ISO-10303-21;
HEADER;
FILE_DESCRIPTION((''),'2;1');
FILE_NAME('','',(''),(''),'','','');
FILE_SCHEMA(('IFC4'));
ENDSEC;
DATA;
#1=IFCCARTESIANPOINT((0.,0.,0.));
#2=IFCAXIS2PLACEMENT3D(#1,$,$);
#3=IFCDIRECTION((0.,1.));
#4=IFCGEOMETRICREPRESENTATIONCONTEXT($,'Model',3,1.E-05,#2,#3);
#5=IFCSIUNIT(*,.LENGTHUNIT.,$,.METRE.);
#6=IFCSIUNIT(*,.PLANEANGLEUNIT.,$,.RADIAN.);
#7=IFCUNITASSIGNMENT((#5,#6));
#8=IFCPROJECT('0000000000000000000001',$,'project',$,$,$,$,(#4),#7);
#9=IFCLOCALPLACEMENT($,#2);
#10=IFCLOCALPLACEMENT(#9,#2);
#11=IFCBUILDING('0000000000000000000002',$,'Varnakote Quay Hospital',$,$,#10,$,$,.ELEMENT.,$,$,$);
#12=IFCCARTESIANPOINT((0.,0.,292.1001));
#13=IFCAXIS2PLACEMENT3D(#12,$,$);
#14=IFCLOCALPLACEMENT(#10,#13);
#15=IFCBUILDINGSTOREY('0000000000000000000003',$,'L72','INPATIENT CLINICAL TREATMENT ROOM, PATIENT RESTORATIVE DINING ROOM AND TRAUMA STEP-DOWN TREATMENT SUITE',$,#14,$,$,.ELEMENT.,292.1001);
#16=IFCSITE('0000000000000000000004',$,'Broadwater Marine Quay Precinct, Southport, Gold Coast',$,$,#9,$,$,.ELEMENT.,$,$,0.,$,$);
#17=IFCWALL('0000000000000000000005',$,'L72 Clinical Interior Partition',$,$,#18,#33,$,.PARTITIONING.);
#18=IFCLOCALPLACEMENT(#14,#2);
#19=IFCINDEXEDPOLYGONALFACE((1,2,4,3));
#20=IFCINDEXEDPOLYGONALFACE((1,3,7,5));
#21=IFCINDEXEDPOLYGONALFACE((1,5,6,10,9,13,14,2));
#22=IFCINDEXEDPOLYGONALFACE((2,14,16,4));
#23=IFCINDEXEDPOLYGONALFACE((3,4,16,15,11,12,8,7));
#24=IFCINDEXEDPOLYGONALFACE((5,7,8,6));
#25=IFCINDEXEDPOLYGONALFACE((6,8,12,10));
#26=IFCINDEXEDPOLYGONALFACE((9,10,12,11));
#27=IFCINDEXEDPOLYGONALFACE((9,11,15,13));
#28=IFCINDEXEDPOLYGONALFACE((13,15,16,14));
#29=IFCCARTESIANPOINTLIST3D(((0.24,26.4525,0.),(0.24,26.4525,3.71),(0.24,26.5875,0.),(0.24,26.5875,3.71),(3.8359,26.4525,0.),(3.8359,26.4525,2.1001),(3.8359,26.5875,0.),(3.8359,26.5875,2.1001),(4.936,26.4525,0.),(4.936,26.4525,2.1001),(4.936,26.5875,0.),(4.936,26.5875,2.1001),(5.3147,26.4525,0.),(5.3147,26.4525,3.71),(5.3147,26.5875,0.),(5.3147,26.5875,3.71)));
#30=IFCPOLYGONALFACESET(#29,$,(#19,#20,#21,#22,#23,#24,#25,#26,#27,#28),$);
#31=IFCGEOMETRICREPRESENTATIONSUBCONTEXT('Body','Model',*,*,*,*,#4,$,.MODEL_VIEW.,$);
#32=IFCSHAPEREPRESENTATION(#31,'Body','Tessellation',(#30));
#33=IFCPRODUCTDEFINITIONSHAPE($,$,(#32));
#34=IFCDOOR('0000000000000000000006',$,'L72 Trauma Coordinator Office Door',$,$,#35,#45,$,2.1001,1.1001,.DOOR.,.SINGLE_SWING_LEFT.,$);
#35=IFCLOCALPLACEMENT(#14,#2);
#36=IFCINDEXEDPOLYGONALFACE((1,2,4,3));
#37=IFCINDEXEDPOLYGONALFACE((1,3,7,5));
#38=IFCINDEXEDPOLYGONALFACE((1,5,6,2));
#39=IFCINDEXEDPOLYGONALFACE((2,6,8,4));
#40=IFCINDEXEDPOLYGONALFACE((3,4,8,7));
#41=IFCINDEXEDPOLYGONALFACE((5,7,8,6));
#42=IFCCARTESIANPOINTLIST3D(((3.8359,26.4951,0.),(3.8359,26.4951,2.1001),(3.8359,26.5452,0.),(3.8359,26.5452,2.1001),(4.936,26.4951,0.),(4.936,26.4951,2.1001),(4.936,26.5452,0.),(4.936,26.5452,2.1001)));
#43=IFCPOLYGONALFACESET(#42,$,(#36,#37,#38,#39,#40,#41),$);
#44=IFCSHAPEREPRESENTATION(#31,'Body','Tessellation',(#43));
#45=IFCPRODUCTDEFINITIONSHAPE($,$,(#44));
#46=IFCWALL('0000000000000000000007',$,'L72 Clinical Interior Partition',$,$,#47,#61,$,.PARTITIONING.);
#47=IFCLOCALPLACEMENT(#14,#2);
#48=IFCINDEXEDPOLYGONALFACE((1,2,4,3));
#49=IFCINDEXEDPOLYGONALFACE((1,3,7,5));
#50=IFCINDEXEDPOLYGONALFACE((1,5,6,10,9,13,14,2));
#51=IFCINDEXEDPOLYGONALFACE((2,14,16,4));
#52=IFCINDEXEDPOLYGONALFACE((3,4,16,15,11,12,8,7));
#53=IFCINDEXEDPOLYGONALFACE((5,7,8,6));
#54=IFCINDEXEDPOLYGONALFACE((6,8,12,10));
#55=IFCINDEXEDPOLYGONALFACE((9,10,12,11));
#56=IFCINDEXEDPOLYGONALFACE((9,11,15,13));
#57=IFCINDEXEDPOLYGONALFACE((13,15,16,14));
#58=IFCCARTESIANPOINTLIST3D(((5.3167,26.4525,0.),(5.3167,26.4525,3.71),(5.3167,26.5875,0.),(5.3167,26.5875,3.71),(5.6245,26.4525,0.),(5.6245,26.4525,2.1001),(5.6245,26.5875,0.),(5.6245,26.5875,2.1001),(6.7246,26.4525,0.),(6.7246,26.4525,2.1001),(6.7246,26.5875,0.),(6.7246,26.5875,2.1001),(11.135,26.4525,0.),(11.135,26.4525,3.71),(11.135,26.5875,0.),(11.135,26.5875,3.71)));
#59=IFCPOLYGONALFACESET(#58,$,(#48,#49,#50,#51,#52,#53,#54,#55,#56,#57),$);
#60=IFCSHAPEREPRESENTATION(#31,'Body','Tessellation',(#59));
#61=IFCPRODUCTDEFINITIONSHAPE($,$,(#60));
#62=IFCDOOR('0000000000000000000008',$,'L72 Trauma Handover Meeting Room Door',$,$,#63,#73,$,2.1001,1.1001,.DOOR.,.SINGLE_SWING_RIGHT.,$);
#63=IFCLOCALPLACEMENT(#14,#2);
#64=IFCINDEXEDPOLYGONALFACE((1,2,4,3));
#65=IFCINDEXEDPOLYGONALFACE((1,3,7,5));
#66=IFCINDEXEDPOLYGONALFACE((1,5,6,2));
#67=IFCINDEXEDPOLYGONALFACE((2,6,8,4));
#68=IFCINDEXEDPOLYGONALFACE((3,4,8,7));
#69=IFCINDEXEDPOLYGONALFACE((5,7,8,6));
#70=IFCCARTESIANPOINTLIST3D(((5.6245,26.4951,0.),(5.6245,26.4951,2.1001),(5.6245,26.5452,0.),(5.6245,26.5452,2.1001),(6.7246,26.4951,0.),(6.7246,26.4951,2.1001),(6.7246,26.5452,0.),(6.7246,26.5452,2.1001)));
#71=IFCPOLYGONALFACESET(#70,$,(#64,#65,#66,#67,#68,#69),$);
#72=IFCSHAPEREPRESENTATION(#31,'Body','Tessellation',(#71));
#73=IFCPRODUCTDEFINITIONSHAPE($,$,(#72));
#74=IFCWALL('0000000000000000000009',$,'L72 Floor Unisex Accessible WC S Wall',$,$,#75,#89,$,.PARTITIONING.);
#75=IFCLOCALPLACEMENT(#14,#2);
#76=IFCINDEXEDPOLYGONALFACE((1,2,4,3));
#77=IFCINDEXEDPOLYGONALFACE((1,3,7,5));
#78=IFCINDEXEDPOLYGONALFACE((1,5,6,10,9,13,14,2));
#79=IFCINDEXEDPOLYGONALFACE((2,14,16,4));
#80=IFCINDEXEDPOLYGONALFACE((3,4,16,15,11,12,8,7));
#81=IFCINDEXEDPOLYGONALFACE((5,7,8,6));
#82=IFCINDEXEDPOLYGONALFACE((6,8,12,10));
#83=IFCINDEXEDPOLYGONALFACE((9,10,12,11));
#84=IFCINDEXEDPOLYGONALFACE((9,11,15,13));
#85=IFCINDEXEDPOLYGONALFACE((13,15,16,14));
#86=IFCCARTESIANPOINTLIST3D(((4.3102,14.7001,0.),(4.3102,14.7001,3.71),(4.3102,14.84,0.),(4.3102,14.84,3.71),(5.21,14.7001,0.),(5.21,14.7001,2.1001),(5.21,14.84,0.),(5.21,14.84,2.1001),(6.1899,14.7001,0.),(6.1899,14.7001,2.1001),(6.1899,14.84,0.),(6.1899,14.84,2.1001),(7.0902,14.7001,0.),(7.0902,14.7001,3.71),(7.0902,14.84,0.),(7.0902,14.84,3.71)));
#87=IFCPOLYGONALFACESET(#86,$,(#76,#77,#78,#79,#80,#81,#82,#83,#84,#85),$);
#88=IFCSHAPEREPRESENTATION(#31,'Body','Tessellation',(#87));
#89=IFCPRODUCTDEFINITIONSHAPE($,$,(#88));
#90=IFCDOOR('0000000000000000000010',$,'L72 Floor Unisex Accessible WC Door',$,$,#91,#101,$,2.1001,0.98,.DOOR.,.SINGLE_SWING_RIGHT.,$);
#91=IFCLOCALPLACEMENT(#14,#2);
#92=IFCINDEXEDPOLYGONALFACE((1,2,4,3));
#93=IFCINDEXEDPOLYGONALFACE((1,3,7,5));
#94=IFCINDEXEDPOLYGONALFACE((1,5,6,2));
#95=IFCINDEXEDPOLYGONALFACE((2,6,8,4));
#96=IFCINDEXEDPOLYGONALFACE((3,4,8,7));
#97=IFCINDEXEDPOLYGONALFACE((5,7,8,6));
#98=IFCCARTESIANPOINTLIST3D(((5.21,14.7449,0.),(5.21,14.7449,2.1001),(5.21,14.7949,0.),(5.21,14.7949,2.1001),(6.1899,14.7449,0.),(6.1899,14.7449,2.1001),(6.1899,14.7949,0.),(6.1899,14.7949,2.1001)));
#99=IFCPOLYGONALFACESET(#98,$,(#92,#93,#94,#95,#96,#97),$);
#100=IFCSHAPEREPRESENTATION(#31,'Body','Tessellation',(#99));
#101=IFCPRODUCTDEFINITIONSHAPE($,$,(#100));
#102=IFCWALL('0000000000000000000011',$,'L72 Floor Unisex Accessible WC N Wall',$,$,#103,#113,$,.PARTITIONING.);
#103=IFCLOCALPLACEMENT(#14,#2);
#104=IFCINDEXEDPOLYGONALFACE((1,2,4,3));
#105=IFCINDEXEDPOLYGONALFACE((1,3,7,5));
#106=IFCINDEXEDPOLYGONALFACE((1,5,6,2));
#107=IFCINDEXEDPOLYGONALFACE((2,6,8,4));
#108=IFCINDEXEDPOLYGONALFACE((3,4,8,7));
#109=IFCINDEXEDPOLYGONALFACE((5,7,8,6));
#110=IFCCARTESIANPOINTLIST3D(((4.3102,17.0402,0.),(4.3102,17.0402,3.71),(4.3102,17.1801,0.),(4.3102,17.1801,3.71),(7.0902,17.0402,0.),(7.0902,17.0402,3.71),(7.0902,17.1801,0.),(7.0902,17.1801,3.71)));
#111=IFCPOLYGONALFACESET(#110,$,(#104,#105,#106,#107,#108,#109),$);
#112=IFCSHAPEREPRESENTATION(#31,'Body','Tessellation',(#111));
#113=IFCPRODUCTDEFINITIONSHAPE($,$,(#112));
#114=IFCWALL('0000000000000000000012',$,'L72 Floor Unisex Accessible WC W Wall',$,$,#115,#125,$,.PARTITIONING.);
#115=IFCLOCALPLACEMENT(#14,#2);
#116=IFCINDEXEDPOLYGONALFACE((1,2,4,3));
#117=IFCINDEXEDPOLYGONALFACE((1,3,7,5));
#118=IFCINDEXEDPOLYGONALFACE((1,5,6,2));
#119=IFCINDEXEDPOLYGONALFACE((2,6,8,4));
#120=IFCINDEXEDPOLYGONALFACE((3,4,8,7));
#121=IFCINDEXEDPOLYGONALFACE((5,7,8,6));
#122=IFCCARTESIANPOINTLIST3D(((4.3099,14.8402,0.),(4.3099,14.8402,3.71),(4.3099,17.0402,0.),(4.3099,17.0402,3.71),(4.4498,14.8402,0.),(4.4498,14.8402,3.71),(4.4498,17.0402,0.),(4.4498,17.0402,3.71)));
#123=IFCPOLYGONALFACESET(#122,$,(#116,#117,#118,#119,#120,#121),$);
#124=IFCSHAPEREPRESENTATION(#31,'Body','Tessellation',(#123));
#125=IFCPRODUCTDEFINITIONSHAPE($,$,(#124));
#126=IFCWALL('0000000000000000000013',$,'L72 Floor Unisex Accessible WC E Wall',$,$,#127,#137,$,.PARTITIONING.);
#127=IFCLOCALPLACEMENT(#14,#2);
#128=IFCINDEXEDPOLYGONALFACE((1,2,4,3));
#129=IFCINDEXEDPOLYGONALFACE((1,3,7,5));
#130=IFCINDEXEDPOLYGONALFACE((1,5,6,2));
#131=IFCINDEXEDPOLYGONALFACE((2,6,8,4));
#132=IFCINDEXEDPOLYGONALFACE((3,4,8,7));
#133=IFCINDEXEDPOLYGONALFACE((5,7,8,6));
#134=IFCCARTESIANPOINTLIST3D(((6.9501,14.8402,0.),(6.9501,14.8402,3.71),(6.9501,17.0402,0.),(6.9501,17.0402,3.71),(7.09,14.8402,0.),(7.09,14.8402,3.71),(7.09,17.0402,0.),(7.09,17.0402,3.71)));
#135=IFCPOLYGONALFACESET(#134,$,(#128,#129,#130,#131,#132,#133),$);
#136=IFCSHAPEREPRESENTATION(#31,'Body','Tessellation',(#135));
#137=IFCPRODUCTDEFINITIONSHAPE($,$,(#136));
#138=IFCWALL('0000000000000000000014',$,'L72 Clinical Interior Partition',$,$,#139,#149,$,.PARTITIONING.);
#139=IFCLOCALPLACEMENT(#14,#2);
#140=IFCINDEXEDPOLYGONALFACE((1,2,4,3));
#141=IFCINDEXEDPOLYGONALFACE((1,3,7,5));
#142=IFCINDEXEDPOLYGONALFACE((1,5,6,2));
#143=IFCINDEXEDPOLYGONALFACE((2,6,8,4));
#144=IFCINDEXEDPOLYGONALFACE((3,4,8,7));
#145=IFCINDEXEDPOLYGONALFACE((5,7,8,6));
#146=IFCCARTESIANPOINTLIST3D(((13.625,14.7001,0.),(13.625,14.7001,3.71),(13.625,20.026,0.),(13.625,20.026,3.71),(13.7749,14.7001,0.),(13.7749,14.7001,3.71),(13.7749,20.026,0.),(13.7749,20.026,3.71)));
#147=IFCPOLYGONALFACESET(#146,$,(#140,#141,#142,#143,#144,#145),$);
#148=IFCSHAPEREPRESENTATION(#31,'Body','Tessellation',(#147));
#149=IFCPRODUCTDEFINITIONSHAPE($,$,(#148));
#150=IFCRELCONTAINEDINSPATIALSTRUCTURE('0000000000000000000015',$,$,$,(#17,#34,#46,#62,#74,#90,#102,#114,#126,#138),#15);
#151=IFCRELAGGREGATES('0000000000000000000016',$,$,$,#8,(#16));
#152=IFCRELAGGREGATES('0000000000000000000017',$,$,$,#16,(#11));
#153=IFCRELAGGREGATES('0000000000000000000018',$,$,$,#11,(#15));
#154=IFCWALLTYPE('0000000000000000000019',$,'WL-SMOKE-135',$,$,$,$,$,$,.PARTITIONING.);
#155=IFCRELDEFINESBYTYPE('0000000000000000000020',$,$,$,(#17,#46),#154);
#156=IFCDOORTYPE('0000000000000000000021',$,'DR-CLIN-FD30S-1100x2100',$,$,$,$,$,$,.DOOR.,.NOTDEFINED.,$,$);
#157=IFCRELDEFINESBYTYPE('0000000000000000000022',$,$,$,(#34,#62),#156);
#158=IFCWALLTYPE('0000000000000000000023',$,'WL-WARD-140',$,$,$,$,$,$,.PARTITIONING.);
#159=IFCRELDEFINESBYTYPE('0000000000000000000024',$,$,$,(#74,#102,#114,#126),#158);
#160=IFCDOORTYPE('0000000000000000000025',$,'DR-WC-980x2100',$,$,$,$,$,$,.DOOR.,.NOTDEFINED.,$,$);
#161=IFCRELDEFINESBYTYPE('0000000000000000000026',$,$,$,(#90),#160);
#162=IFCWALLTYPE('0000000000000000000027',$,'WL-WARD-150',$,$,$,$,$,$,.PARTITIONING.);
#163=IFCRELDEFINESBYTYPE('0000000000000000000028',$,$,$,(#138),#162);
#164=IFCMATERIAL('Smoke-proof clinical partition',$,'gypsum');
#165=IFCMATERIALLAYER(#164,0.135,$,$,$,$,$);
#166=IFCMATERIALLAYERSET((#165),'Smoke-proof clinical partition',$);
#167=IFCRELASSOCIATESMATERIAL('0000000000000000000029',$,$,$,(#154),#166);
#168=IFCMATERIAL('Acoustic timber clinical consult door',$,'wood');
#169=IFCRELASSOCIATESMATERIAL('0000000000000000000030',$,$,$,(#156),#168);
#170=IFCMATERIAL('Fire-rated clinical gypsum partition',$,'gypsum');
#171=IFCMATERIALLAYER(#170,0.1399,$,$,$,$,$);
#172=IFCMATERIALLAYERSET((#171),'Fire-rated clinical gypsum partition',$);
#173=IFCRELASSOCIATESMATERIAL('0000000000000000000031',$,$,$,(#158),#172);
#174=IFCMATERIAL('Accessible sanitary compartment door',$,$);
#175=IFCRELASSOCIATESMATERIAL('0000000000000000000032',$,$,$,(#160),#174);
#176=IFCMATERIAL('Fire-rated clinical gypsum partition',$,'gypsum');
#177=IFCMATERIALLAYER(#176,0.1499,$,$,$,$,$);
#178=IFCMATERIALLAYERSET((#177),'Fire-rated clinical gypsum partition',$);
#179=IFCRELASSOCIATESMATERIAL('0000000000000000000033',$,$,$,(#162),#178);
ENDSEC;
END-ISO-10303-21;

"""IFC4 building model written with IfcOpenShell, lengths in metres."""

from ifc_helpers import new_model, si_unit, direction, frame, frame_2d, origin, place, context, subcontext, project, spatial, rectangle, extrude, material, layer, layer_set, type_object, element, fill, save


model = new_model("IFC4")

# Units and contexts
model_context = context("Model", 3, precision=1e-05, world=origin(), true_north=direction((0.0, 1.0)))
body_context = subcontext(model_context, "Body", "Model", "MODEL_VIEW")
ifc_project = project(units=[si_unit("LENGTHUNIT", "METRE"), si_unit("PLANEANGLEUNIT", "RADIAN")], contexts=[model_context])

# Site, building, storey
site_placement = place(None, origin())
site = spatial("IfcSite", under=ifc_project, at=site_placement, Name="Broadwater Marine Quay Precinct, Southport, Gold Coast", CompositionType="ELEMENT", RefElevation=0.0)
building_placement = place(site_placement, origin())
building = spatial("IfcBuilding", under=site, at=building_placement, Name="Varnakote Quay Hospital", CompositionType="ELEMENT")
storey_placement = place(building_placement, frame((0.0, 0.0, 292.1001)))
storey = spatial("IfcBuildingStorey", under=building, at=storey_placement, Name="L72", Description="INPATIENT CLINICAL TREATMENT ROOM, PATIENT RESTORATIVE DINING ROOM AND TRAUMA STEP-DOWN TREATMENT SUITE", CompositionType="ELEMENT", Elevation=292.1001)

# Walls, openings, doors
ifc_material_1 = material(Name="Smoke-proof clinical partition", Category="gypsum")
ifc_layer_1 = layer(ifc_material_1, 0.135)
ifc_layer_set_1 = layer_set([ifc_layer_1], Name="Smoke-proof clinical partition")
wall_type_1 = type_object("IfcWallType", Name="WL-SMOKE-135", PredefinedType="PARTITIONING", material=ifc_layer_set_1)
wall_1_placement = place(storey_placement, frame((5.3147, 26.52, 0.0), z_axis=(0.0, 0.0, 1.0), x_axis=(-1.0, 0.0, 0.0)))
wall_1 = element("IfcWall", 1, at=wall_1_placement, inside=storey, type_object=wall_type_1, Name="L72 Clinical Interior Partition", PredefinedType="PARTITIONING", context=body_context, shape_type="SweptSolid", body=[
    extrude(rectangle(XDim=5.0747, YDim=0.135, at=frame_2d((2.5374, 0.0))), origin(), (0.0, 0.0, 1.0), 3.71),
])
opening_1_placement = place(wall_1_placement, frame((0.3787, 0.0, 0.0)))
opening_1 = element("IfcOpeningElement", 2, at=opening_1_placement, cuts=wall_1, PredefinedType="OPENING", context=body_context, shape_type="SweptSolid", body=[
    extrude(rectangle(XDim=1.1001, YDim=2.1001, at=frame_2d((0.55, 1.05))), frame((0.0, 0.0774, 0.0), z_axis=(0.0, -1.0, 0.0), x_axis=(1.0, 0.0, 0.0)), (0.0, 0.0, 1.0), 0.155),
])
ifc_material_2 = material(Name="Acoustic timber clinical consult door", Category="wood")
door_type_1 = type_object("IfcDoorType", Name="DR-CLIN-FD30S-1100x2100", OperationType="NOTDEFINED", PredefinedType="DOOR", material=ifc_material_2)
door_1_placement = place(opening_1_placement, origin())
door_1 = element("IfcDoor", 3, at=door_1_placement, inside=storey, type_object=door_type_1, Name="L72 Trauma Coordinator Office Door", OperationType="SINGLE_SWING_LEFT", OverallHeight=2.1001, OverallWidth=1.1001, PredefinedType="DOOR", context=body_context, shape_type="SweptSolid", body=[
    extrude(rectangle(XDim=1.1001, YDim=2.1001, at=frame_2d((0.55, 1.05))), frame((0.0, 0.0249, 0.0), z_axis=(0.0, -1.0, 0.0), x_axis=(1.0, 0.0, 0.0)), (0.0, 0.0, 1.0), 0.05),
])
fill(opening_1, door_1)
wall_2_placement = place(storey_placement, frame((11.135, 26.52, 0.0), z_axis=(0.0, 0.0, 1.0), x_axis=(-1.0, 0.0, 0.0)))
wall_2 = element("IfcWall", 4, at=wall_2_placement, inside=storey, type_object=wall_type_1, Name="L72 Clinical Interior Partition", PredefinedType="PARTITIONING", context=body_context, shape_type="SweptSolid", body=[
    extrude(rectangle(XDim=5.8184, YDim=0.135, at=frame_2d((2.9092, 0.0))), origin(), (0.0, 0.0, 1.0), 3.71),
])
opening_2_placement = place(wall_2_placement, frame((4.4104, 0.0, 0.0)))
opening_2 = element("IfcOpeningElement", 5, at=opening_2_placement, cuts=wall_2, PredefinedType="OPENING", context=body_context, shape_type="SweptSolid", body=[
    extrude(rectangle(XDim=1.1001, YDim=2.1001, at=frame_2d((0.55, 1.05))), frame((0.0, 0.0774, 0.0), z_axis=(0.0, -1.0, 0.0), x_axis=(1.0, 0.0, 0.0)), (0.0, 0.0, 1.0), 0.155),
])
door_2_placement = place(opening_2_placement, origin())
door_2 = element("IfcDoor", 6, at=door_2_placement, inside=storey, type_object=door_type_1, Name="L72 Trauma Handover Meeting Room Door", OperationType="SINGLE_SWING_RIGHT", OverallHeight=2.1001, OverallWidth=1.1001, PredefinedType="DOOR", context=body_context, shape_type="SweptSolid", body=[
    extrude(rectangle(XDim=1.1001, YDim=2.1001, at=frame_2d((0.55, 1.05))), frame((0.0, 0.0249, 0.0), z_axis=(0.0, -1.0, 0.0), x_axis=(1.0, 0.0, 0.0)), (0.0, 0.0, 1.0), 0.05),
])
fill(opening_2, door_2)
ifc_material_3 = material(Name="Fire-rated clinical gypsum partition", Category="gypsum")
ifc_layer_2 = layer(ifc_material_3, 0.1399)
ifc_layer_set_2 = layer_set([ifc_layer_2], Name="Fire-rated clinical gypsum partition")
wall_type_2 = type_object("IfcWallType", Name="WL-WARD-140", PredefinedType="PARTITIONING", material=ifc_layer_set_2)
wall_3_placement = place(storey_placement, frame((4.3101, 14.77, 0.0), z_axis=(0.0, 0.0, 1.0), x_axis=(1.0, 0.0, 0.0)))
wall_3 = element("IfcWall", 7, at=wall_3_placement, inside=storey, type_object=wall_type_2, Name="L72 Floor Unisex Accessible WC S Wall", PredefinedType="PARTITIONING", context=body_context, shape_type="SweptSolid", body=[
    extrude(rectangle(XDim=2.78, YDim=0.1399, at=frame_2d((1.3901, 0.0))), origin(), (0.0, 0.0, 1.0), 3.71),
])
opening_3_placement = place(wall_3_placement, frame((0.8999, 0.0, 0.0)))
opening_3 = element("IfcOpeningElement", 8, at=opening_3_placement, cuts=wall_3, PredefinedType="OPENING", context=body_context, shape_type="SweptSolid", body=[
    extrude(rectangle(XDim=0.98, YDim=2.1001, at=frame_2d((0.49, 1.05))), frame((0.0, 0.0798, 0.0), z_axis=(0.0, -1.0, 0.0), x_axis=(1.0, 0.0, 0.0)), (0.0, 0.0, 1.0), 0.1599),
])
ifc_material_4 = material(Name="Accessible sanitary compartment door")
door_type_2 = type_object("IfcDoorType", Name="DR-WC-980x2100", OperationType="NOTDEFINED", PredefinedType="DOOR", material=ifc_material_4)
door_3_placement = place(opening_3_placement, origin())
door_3 = element("IfcDoor", 9, at=door_3_placement, inside=storey, type_object=door_type_2, Name="L72 Floor Unisex Accessible WC Door", OperationType="SINGLE_SWING_RIGHT", OverallHeight=2.1001, OverallWidth=0.98, PredefinedType="DOOR", context=body_context, shape_type="SweptSolid", body=[
    extrude(rectangle(XDim=0.98, YDim=2.1001, at=frame_2d((0.49, 1.05))), frame((0.0, 0.0249, 0.0), z_axis=(0.0, -1.0, 0.0), x_axis=(1.0, 0.0, 0.0)), (0.0, 0.0, 1.0), 0.05),
])
fill(opening_3, door_3)

# Walls
wall_4_placement = place(storey_placement, frame((4.3101, 17.1101, 0.0), z_axis=(0.0, 0.0, 1.0), x_axis=(1.0, 0.0, 0.0)))
element("IfcWall", 10, at=wall_4_placement, inside=storey, type_object=wall_type_2, Name="L72 Floor Unisex Accessible WC N Wall", PredefinedType="PARTITIONING", context=body_context, shape_type="SweptSolid", body=[
    extrude(rectangle(XDim=2.78, YDim=0.1399, at=frame_2d((1.3901, 0.0))), origin(), (0.0, 0.0, 1.0), 3.71),
])
for number, where, z_axis, x_axis, name in (
    (11, (4.3799, 14.8401, 0.0), (0.0, 0.0, 1.0), (0.0, 1.0, 0.0), "L72 Floor Unisex Accessible WC W Wall"),
    (12, (7.02, 14.8401, 0.0), (0.0, 0.0, 1.0), (0.0, 1.0, 0.0), "L72 Floor Unisex Accessible WC E Wall"),
):
    element("IfcWall", number, at=place(storey_placement, frame(where, z_axis=z_axis, x_axis=x_axis)), inside=storey, type_object=wall_type_2, Name=name, PredefinedType="PARTITIONING", context=body_context, shape_type="SweptSolid", body=[
        extrude(rectangle(XDim=2.2, YDim=0.1399, at=frame_2d((1.1001, 0.0))), origin(), (0.0, 0.0, 1.0), 3.71),
    ])
ifc_material_5 = material(Name="Fire-rated clinical gypsum partition", Category="gypsum")
ifc_layer_3 = layer(ifc_material_5, 0.1499)
ifc_layer_set_3 = layer_set([ifc_layer_3], Name="Fire-rated clinical gypsum partition")
wall_type_3 = type_object("IfcWallType", Name="WL-WARD-150", PredefinedType="PARTITIONING", material=ifc_layer_set_3)
wall_5_placement = place(storey_placement, frame((13.7, 14.7, 0.0), z_axis=(0.0, 0.0, 1.0), x_axis=(0.0, 1.0, 0.0)))
element("IfcWall", 13, at=wall_5_placement, inside=storey, type_object=wall_type_3, Name="L72 Clinical Interior Partition", PredefinedType="PARTITIONING", context=body_context, shape_type="SweptSolid", body=[
    extrude(rectangle(XDim=5.3259, YDim=0.1499, at=frame_2d((2.6631, 0.0))), origin(), (0.0, 0.0, 1.0), 3.71),
])

save(model, "model.ifc")
